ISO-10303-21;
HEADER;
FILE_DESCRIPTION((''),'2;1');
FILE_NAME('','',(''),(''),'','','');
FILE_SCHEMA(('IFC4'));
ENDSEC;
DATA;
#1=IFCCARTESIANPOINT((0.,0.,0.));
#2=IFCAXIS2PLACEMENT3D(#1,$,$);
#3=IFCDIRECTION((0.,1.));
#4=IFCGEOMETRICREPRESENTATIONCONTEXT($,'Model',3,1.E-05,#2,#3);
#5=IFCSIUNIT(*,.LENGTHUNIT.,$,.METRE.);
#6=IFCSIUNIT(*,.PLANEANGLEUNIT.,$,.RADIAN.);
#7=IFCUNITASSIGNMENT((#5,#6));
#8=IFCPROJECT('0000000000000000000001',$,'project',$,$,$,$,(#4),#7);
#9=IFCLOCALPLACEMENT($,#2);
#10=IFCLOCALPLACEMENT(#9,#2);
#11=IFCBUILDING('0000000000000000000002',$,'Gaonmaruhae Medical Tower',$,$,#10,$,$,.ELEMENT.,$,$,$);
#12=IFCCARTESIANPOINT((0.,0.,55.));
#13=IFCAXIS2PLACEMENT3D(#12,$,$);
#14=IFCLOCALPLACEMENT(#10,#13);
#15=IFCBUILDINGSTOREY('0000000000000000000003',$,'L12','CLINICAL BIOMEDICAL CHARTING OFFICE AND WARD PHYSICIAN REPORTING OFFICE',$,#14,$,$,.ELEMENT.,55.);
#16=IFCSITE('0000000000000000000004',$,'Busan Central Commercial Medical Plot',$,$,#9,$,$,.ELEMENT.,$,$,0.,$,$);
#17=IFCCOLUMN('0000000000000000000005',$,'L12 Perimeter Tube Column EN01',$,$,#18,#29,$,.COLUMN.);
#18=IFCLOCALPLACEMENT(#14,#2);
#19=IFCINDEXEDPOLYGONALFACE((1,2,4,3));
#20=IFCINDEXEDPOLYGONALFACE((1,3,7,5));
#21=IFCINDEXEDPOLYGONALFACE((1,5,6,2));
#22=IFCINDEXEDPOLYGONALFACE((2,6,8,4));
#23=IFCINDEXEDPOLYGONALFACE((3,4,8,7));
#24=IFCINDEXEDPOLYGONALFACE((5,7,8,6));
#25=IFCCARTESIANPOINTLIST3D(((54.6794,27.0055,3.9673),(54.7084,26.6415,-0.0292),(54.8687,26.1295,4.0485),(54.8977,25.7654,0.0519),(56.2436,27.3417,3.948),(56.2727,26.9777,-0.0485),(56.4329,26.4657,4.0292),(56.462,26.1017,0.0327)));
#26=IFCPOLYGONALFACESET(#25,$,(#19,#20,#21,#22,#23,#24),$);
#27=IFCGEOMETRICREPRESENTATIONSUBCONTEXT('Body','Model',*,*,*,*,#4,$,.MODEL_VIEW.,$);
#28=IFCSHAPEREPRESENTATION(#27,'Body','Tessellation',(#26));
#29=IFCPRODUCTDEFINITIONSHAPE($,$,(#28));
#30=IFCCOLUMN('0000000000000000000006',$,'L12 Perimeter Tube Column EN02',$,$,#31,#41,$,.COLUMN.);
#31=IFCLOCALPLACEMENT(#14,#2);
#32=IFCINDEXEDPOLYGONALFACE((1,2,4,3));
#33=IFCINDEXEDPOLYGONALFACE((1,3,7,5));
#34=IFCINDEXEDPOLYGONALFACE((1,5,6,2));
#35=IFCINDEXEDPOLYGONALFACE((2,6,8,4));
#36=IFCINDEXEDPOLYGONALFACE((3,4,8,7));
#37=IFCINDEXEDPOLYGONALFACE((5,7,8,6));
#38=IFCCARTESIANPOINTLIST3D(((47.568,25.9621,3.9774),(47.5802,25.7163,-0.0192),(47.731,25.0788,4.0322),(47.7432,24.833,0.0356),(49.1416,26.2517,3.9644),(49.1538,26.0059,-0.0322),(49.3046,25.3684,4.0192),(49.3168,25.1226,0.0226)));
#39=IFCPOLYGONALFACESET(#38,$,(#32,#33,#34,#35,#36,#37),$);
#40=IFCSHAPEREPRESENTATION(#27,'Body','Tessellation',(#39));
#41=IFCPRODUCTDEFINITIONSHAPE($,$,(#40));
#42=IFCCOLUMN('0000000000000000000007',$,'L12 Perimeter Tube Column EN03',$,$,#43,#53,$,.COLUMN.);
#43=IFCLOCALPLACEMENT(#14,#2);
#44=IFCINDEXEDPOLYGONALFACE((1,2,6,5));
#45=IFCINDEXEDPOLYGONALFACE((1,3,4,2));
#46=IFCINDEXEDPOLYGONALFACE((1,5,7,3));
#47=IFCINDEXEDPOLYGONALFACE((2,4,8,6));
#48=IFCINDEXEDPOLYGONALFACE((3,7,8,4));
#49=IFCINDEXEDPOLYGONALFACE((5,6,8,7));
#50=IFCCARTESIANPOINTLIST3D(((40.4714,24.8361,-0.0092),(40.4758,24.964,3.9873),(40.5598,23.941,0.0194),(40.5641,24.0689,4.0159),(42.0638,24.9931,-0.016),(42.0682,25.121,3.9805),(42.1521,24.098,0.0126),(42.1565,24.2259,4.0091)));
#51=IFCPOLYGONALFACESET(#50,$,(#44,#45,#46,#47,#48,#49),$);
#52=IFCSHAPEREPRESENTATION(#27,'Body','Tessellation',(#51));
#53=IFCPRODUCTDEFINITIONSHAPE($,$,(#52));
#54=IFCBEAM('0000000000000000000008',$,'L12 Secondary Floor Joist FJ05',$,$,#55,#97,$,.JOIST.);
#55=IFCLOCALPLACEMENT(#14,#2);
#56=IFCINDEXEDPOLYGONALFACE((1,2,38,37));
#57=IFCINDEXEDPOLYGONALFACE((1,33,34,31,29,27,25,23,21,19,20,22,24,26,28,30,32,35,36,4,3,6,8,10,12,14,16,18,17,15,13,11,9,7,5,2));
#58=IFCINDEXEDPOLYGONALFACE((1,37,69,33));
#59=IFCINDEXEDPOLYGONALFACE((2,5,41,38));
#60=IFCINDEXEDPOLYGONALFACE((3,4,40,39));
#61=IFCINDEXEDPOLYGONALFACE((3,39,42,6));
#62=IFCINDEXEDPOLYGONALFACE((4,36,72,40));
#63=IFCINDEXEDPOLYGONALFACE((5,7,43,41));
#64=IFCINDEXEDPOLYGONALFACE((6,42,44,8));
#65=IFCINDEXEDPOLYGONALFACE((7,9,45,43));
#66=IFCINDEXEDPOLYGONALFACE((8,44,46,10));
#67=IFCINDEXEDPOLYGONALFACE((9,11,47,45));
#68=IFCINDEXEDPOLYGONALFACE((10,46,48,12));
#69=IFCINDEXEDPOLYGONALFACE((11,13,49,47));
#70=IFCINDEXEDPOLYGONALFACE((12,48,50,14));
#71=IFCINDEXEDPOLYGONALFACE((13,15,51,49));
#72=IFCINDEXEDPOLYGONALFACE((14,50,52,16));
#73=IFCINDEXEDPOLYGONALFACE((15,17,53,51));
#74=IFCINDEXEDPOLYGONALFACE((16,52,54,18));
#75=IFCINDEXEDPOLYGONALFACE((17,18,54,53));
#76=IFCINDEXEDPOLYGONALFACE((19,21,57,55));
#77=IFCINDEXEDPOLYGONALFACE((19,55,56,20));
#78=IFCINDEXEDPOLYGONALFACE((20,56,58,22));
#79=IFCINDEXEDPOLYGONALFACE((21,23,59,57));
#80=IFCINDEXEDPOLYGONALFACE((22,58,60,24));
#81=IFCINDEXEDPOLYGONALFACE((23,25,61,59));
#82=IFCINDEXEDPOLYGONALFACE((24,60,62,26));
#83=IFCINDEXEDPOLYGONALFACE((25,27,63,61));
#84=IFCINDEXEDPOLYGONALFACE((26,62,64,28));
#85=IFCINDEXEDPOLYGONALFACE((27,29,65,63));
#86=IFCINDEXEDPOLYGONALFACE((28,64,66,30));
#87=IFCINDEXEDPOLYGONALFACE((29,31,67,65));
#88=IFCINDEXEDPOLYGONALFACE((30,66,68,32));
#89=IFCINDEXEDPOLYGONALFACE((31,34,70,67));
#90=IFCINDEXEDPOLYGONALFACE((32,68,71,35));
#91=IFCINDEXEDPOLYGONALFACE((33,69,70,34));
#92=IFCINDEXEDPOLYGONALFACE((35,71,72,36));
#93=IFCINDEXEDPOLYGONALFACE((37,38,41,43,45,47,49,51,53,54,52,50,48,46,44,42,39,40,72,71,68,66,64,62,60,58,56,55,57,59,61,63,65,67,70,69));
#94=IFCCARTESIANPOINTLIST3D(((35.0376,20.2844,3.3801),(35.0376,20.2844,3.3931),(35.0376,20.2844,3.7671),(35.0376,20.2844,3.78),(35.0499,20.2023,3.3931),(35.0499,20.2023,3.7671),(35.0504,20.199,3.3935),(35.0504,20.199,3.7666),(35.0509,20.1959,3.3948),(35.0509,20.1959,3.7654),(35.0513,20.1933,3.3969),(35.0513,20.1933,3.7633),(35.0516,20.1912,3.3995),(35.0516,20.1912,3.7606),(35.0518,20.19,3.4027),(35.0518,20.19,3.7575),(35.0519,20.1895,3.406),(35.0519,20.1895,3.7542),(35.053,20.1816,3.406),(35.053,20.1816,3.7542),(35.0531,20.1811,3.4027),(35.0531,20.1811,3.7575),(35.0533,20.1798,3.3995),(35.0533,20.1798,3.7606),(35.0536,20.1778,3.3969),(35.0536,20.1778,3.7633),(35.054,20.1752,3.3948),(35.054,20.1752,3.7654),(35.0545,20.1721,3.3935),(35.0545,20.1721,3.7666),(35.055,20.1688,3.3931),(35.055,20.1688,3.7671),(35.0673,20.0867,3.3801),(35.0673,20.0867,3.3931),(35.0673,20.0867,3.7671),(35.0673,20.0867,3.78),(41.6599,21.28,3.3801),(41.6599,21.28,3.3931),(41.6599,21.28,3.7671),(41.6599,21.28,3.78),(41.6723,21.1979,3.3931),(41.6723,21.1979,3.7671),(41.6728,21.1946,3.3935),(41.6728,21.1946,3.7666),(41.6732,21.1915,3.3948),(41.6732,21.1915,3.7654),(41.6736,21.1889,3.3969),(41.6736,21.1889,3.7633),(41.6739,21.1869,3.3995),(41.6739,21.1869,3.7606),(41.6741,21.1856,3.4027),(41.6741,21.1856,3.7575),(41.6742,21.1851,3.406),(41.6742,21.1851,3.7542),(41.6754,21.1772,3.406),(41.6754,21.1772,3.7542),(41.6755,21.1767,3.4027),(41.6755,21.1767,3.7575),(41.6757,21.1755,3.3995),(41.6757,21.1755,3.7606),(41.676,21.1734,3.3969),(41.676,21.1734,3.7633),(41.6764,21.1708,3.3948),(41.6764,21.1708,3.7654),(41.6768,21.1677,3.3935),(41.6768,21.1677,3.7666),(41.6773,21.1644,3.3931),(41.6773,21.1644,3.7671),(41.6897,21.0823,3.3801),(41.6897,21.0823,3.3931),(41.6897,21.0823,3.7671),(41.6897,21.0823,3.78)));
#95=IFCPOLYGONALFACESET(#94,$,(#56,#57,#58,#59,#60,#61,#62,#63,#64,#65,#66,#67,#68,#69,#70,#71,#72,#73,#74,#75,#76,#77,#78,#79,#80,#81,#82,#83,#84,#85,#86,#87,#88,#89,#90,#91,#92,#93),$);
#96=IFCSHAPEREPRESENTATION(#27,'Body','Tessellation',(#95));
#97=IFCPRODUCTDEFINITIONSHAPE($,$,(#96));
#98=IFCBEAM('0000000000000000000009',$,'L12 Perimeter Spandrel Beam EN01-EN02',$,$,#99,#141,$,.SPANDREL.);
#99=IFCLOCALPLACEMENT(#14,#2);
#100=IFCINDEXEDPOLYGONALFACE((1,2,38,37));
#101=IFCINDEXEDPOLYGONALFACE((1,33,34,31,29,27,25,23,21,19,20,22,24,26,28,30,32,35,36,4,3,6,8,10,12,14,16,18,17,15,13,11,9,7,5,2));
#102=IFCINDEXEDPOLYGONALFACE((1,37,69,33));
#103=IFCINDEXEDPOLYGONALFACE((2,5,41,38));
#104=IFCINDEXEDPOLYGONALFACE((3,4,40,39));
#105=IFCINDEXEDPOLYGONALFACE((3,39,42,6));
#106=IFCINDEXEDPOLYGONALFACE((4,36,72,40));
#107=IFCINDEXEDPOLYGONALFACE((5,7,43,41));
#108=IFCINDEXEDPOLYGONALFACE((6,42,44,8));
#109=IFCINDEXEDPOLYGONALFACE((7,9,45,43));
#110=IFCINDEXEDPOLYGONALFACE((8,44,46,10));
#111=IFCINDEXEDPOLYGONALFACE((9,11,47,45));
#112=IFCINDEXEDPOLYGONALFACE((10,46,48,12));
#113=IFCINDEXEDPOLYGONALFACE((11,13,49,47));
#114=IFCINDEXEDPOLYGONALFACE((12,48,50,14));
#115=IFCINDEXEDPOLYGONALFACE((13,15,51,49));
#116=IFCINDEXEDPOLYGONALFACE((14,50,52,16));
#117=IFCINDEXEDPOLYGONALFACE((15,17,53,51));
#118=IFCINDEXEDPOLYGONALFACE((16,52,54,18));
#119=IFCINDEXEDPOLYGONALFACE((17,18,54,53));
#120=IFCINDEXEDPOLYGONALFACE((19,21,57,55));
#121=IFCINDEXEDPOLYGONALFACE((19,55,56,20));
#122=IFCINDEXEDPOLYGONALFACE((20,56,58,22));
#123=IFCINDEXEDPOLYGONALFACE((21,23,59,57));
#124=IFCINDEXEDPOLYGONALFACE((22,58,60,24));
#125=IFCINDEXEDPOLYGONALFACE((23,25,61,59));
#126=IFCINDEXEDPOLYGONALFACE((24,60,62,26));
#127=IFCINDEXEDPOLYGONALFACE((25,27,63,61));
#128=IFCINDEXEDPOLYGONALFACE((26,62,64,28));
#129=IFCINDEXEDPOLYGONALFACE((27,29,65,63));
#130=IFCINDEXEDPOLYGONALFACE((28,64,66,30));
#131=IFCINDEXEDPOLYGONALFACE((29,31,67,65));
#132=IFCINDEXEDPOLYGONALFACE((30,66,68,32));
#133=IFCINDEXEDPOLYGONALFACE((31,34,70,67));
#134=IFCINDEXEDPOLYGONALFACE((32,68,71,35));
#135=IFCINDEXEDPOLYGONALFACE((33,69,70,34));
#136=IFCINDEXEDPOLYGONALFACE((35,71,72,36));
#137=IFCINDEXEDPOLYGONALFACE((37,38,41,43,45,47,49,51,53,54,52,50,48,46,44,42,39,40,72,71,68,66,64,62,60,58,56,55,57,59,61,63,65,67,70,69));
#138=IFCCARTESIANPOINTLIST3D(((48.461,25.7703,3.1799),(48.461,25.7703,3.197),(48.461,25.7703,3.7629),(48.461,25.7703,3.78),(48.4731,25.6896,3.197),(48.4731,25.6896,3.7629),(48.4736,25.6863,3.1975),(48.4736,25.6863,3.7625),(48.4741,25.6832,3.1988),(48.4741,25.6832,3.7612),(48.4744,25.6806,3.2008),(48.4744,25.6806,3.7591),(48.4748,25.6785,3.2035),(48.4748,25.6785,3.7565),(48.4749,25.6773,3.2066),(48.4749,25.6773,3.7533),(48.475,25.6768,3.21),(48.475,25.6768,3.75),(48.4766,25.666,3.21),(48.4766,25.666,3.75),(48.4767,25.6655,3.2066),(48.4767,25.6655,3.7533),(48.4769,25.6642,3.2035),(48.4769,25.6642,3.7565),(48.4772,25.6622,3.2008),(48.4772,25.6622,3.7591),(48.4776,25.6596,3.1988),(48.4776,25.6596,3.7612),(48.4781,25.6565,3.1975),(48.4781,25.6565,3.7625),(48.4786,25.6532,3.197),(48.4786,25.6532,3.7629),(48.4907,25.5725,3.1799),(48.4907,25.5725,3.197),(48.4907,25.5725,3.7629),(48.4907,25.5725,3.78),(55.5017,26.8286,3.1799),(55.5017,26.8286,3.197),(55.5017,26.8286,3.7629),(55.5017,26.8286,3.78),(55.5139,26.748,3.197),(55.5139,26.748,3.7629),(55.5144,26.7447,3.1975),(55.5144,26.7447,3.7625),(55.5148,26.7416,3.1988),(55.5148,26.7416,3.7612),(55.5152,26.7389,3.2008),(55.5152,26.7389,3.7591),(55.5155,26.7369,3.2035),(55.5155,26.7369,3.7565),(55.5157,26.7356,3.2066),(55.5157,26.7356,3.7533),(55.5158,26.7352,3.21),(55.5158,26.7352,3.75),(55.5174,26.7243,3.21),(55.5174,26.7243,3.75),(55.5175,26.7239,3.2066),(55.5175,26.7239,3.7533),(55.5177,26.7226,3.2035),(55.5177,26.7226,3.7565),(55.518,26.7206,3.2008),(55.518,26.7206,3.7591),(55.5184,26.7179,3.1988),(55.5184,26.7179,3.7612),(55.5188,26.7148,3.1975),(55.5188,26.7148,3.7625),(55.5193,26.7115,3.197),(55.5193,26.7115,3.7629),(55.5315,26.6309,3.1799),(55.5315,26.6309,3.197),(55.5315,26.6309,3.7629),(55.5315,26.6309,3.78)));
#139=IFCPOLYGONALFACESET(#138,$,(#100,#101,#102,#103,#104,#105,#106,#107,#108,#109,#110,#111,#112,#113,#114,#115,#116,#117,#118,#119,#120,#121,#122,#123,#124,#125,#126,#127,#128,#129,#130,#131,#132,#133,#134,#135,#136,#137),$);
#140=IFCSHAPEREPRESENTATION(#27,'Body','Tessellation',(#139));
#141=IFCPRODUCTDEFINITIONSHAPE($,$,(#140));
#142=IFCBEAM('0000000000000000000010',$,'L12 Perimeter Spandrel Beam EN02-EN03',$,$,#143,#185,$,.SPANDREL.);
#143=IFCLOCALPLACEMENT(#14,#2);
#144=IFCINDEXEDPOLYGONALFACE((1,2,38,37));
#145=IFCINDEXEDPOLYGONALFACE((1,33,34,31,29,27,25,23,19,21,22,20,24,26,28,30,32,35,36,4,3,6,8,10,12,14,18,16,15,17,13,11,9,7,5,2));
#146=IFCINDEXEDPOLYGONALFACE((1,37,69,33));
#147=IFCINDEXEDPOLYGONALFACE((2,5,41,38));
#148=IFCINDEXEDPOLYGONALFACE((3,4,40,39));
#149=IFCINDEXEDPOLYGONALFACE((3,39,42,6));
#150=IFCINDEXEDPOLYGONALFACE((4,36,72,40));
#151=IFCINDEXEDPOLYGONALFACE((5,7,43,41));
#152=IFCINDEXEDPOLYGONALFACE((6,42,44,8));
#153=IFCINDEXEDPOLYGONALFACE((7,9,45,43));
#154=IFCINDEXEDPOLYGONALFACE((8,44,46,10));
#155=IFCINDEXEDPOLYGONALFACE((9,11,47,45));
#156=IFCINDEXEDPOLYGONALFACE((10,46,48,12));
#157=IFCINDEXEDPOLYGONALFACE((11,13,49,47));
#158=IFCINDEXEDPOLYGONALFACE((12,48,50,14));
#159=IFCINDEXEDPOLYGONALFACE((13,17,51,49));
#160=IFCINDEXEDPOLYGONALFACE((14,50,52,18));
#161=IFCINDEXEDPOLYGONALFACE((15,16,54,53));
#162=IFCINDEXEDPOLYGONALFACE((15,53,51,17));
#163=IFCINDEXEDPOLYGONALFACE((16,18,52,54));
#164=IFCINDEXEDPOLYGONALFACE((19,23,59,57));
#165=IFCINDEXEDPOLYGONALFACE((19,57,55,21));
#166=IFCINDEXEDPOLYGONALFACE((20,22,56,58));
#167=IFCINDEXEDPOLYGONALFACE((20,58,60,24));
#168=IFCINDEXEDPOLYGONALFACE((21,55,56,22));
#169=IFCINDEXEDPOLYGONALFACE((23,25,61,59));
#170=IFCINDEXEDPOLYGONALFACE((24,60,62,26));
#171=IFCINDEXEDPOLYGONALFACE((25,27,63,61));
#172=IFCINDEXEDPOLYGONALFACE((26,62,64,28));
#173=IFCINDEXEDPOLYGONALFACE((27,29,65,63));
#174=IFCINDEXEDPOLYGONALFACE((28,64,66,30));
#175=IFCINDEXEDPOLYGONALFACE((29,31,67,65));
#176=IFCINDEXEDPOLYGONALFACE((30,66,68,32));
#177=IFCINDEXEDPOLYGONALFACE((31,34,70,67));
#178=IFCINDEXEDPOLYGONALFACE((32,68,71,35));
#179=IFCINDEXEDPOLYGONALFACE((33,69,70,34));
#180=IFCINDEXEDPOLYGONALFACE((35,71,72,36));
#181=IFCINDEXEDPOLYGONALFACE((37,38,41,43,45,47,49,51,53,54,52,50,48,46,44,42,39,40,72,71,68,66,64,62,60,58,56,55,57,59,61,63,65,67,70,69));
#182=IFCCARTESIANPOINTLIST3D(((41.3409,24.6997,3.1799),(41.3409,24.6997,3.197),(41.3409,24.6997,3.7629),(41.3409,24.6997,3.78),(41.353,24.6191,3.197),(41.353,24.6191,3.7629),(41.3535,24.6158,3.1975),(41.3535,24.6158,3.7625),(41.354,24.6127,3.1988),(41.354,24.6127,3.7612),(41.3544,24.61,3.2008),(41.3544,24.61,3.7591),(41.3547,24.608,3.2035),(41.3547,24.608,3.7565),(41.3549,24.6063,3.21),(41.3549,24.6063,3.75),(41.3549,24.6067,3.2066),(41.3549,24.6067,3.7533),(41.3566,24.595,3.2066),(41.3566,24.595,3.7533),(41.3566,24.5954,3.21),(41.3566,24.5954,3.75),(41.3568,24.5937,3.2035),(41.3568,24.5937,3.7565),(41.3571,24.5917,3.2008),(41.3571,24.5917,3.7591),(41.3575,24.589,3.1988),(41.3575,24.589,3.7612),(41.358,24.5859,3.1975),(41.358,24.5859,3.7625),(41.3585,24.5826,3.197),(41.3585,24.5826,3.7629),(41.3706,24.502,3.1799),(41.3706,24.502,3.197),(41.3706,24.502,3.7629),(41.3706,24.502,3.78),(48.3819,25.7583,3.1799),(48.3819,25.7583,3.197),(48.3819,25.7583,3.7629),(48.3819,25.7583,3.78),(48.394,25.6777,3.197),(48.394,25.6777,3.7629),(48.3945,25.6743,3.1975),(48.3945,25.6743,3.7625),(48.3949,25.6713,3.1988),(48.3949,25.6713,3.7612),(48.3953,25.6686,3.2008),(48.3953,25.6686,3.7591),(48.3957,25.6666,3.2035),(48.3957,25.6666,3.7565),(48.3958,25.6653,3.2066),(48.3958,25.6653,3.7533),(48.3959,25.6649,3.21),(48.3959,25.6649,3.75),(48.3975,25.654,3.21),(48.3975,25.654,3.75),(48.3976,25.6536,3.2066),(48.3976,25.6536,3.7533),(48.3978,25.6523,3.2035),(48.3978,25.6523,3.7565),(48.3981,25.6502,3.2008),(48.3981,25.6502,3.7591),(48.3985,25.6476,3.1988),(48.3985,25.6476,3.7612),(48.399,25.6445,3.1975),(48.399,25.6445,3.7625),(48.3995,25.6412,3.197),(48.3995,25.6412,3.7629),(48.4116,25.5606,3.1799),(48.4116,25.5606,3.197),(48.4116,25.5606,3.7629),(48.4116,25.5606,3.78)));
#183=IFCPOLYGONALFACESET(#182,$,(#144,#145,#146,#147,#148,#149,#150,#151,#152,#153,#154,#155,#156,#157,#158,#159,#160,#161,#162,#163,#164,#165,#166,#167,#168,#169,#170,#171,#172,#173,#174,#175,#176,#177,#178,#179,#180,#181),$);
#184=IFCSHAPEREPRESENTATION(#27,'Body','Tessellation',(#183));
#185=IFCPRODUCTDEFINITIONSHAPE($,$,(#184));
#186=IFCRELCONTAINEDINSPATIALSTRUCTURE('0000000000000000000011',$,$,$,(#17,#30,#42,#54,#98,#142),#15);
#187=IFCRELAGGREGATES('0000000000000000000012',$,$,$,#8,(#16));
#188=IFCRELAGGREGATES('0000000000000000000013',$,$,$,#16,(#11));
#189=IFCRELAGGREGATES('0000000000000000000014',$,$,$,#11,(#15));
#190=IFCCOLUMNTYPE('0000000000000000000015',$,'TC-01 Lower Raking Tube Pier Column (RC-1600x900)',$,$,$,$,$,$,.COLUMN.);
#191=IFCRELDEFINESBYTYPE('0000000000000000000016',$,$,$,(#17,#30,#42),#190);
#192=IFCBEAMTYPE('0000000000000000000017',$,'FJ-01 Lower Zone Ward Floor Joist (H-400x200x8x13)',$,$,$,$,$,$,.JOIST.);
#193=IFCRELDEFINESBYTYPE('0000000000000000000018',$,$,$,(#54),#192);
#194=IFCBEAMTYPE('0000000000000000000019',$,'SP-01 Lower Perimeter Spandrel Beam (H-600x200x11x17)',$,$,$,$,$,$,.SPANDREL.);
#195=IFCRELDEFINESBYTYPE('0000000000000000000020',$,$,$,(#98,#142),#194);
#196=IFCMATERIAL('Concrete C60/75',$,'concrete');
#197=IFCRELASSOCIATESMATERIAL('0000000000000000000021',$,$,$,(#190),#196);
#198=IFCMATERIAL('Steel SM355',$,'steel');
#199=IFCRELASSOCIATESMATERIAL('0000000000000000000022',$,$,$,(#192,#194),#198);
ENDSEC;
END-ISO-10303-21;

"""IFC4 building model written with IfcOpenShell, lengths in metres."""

from ifc_helpers import new_model, si_unit, direction, frame, origin, origin_2d, place, context, subcontext, project, spatial, rectangle, i_section, extrude, material, material_profile, profile_set, type_object, element, save


model = new_model("IFC4")

# Units and contexts
model_context = context("Model", 3, precision=1e-05, world=origin(), true_north=direction((0.0, 1.0)))
body_context = subcontext(model_context, "Body", "Model", "MODEL_VIEW")
ifc_project = project(units=[si_unit("LENGTHUNIT", "METRE"), si_unit("PLANEANGLEUNIT", "RADIAN")], contexts=[model_context])

# Site, building, storey
site_placement = place(None, origin())
site = spatial("IfcSite", under=ifc_project, at=site_placement, Name="Busan Central Commercial Medical Plot", CompositionType="ELEMENT", RefElevation=0.0)
building_placement = place(site_placement, origin())
building = spatial("IfcBuilding", under=site, at=building_placement, Name="Gaonmaruhae Medical Tower", CompositionType="ELEMENT")
storey_placement = place(building_placement, frame((0.0, 0.0, 55.0)))
storey = spatial("IfcBuildingStorey", under=building, at=storey_placement, Name="L12", Description="CLINICAL BIOMEDICAL CHARTING OFFICE AND WARD PHYSICIAN REPORTING OFFICE", CompositionType="ELEMENT", Elevation=55.0)

# Columns
ifc_material_1 = material(Name="Concrete C60/75", Category="concrete")
ifc_material_profile_1 = material_profile(ifc_material_1, rectangle(XDim=1.6001, YDim=0.8999, at=origin_2d()), Name="RC-1600x900")
ifc_profile_set_1 = profile_set([ifc_material_profile_1], Name="Concrete C60/75")
column_type = type_object("IfcColumnType", Name="TC-01 Lower Raking Tube Pier Column (RC-1600x900)", PredefinedType="COLUMN", material=ifc_profile_set_1)
column_1_placement = place(storey_placement, frame((55.5852, 26.3716, 0.0017), z_axis=(-0.007239, 0.090703, 0.995852), x_axis=(-0.977595, -0.210151, 0.012034)))
element("IfcColumn", 1, at=column_1_placement, inside=storey, type_object=column_type, Name="L12 Perimeter Tube Column EN01", PredefinedType="COLUMN", context=body_context, shape_type="SweptSolid", body=[
    extrude(rectangle(XDim=1.6001, YDim=0.8999, at=origin_2d()), origin(), (0.0, 0.0, 1.0), 4.0132),
])
column_2_placement = place(storey_placement, frame((48.4485, 25.4194, 0.0017), z_axis=(-0.003049, 0.061399, 0.998109), x_axis=(-0.98345, -0.181, 0.00813)))
element("IfcColumn", 2, at=column_2_placement, inside=storey, type_object=column_type, Name="L12 Perimeter Tube Column EN02", PredefinedType="COLUMN", context=body_context, shape_type="SweptSolid", body=[
    extrude(rectangle(XDim=1.6001, YDim=0.8999, at=origin_2d()), origin(), (0.0, 0.0, 1.0), 4.0042),
])
column_3_placement = place(storey_placement, frame((41.3118, 24.467, 0.0017), z_axis=(0.001099, 0.031993, 0.999487), x_axis=(-0.995169, -0.098081, 0.004234)))
element("IfcColumn", 3, at=column_3_placement, inside=storey, type_object=column_type, Name="L12 Perimeter Tube Column EN03", PredefinedType="COLUMN", context=body_context, shape_type="SweptSolid", body=[
    extrude(rectangle(XDim=1.6001, YDim=0.8999, at=origin_2d()), origin(), (0.0, 0.0, 1.0), 3.9985),
])

# Beams
ifc_material_2 = material(Name="Steel SM355", Category="steel")
ifc_material_profile_2 = material_profile(ifc_material_2, i_section(OverallWidth=0.2, OverallDepth=0.3999, WebThickness=0.0081, FlangeThickness=0.0129, FilletRadius=0.0129, at=origin_2d()), Name="H-400x200x8x13")
ifc_profile_set_2 = profile_set([ifc_material_profile_2], Name="Steel SM355")
beam_type_1 = type_object("IfcBeamType", Name="FJ-01 Lower Zone Ward Floor Joist (H-400x200x8x13)", PredefinedType="JOIST", material=ifc_profile_set_2)
beam_1_placement = place(storey_placement, frame((41.6748, 21.1812, 3.5801), z_axis=(-0.988887, -0.14867, 0.0), x_axis=(0.14867, -0.988887, 0.0)))
element("IfcBeam", 4, at=beam_1_placement, inside=storey, type_object=beam_type_1, Name="L12 Secondary Floor Joist FJ05", PredefinedType="JOIST", context=body_context, shape_type="SweptSolid", body=[
    extrude(i_section(OverallWidth=0.2, OverallDepth=0.3999, WebThickness=0.0081, FlangeThickness=0.0129, FilletRadius=0.0129, at=origin_2d()), origin(), (0.0, 0.0, 1.0), 6.6968),
])
ifc_material_profile_3 = material_profile(ifc_material_2, i_section(OverallWidth=0.2, OverallDepth=0.6001, WebThickness=0.011, FlangeThickness=0.0171, FilletRadius=0.0129, at=origin_2d()), Name="H-600x200x11x17")
ifc_profile_set_3 = profile_set([ifc_material_profile_3], Name="Steel SM355")
beam_type_2 = type_object("IfcBeamType", Name="SP-01 Lower Perimeter Spandrel Beam (H-600x200x11x17)", PredefinedType="SPANDREL", material=ifc_profile_set_3)
beam_2_placement = place(storey_placement, frame((55.5166, 26.7297, 3.48), z_axis=(-0.98889, -0.148647, 0.0), x_axis=(0.148647, -0.98889, 0.0)))
element("IfcBeam", 5, at=beam_2_placement, inside=storey, type_object=beam_type_2, Name="L12 Perimeter Spandrel Beam EN01-EN02", PredefinedType="SPANDREL", context=body_context, shape_type="SweptSolid", body=[
    extrude(i_section(OverallWidth=0.2, OverallDepth=0.6001, WebThickness=0.011, FlangeThickness=0.0171, FilletRadius=0.0129, at=origin_2d()), origin(), (0.0, 0.0, 1.0), 7.1199),
])
beam_3_placement = place(storey_placement, frame((48.3967, 25.6594, 3.48), z_axis=(-0.988886, -0.148676, 0.0), x_axis=(0.148676, -0.988886, 0.0)))
element("IfcBeam", 6, at=beam_3_placement, inside=storey, type_object=beam_type_2, Name="L12 Perimeter Spandrel Beam EN02-EN03", PredefinedType="SPANDREL", context=body_context, shape_type="SweptSolid", body=[
    extrude(i_section(OverallWidth=0.2, OverallDepth=0.6001, WebThickness=0.011, FlangeThickness=0.0171, FilletRadius=0.0129, at=origin_2d()), origin(), (0.0, 0.0, 1.0), 7.1201),
])

save(model, "model.ifc")
